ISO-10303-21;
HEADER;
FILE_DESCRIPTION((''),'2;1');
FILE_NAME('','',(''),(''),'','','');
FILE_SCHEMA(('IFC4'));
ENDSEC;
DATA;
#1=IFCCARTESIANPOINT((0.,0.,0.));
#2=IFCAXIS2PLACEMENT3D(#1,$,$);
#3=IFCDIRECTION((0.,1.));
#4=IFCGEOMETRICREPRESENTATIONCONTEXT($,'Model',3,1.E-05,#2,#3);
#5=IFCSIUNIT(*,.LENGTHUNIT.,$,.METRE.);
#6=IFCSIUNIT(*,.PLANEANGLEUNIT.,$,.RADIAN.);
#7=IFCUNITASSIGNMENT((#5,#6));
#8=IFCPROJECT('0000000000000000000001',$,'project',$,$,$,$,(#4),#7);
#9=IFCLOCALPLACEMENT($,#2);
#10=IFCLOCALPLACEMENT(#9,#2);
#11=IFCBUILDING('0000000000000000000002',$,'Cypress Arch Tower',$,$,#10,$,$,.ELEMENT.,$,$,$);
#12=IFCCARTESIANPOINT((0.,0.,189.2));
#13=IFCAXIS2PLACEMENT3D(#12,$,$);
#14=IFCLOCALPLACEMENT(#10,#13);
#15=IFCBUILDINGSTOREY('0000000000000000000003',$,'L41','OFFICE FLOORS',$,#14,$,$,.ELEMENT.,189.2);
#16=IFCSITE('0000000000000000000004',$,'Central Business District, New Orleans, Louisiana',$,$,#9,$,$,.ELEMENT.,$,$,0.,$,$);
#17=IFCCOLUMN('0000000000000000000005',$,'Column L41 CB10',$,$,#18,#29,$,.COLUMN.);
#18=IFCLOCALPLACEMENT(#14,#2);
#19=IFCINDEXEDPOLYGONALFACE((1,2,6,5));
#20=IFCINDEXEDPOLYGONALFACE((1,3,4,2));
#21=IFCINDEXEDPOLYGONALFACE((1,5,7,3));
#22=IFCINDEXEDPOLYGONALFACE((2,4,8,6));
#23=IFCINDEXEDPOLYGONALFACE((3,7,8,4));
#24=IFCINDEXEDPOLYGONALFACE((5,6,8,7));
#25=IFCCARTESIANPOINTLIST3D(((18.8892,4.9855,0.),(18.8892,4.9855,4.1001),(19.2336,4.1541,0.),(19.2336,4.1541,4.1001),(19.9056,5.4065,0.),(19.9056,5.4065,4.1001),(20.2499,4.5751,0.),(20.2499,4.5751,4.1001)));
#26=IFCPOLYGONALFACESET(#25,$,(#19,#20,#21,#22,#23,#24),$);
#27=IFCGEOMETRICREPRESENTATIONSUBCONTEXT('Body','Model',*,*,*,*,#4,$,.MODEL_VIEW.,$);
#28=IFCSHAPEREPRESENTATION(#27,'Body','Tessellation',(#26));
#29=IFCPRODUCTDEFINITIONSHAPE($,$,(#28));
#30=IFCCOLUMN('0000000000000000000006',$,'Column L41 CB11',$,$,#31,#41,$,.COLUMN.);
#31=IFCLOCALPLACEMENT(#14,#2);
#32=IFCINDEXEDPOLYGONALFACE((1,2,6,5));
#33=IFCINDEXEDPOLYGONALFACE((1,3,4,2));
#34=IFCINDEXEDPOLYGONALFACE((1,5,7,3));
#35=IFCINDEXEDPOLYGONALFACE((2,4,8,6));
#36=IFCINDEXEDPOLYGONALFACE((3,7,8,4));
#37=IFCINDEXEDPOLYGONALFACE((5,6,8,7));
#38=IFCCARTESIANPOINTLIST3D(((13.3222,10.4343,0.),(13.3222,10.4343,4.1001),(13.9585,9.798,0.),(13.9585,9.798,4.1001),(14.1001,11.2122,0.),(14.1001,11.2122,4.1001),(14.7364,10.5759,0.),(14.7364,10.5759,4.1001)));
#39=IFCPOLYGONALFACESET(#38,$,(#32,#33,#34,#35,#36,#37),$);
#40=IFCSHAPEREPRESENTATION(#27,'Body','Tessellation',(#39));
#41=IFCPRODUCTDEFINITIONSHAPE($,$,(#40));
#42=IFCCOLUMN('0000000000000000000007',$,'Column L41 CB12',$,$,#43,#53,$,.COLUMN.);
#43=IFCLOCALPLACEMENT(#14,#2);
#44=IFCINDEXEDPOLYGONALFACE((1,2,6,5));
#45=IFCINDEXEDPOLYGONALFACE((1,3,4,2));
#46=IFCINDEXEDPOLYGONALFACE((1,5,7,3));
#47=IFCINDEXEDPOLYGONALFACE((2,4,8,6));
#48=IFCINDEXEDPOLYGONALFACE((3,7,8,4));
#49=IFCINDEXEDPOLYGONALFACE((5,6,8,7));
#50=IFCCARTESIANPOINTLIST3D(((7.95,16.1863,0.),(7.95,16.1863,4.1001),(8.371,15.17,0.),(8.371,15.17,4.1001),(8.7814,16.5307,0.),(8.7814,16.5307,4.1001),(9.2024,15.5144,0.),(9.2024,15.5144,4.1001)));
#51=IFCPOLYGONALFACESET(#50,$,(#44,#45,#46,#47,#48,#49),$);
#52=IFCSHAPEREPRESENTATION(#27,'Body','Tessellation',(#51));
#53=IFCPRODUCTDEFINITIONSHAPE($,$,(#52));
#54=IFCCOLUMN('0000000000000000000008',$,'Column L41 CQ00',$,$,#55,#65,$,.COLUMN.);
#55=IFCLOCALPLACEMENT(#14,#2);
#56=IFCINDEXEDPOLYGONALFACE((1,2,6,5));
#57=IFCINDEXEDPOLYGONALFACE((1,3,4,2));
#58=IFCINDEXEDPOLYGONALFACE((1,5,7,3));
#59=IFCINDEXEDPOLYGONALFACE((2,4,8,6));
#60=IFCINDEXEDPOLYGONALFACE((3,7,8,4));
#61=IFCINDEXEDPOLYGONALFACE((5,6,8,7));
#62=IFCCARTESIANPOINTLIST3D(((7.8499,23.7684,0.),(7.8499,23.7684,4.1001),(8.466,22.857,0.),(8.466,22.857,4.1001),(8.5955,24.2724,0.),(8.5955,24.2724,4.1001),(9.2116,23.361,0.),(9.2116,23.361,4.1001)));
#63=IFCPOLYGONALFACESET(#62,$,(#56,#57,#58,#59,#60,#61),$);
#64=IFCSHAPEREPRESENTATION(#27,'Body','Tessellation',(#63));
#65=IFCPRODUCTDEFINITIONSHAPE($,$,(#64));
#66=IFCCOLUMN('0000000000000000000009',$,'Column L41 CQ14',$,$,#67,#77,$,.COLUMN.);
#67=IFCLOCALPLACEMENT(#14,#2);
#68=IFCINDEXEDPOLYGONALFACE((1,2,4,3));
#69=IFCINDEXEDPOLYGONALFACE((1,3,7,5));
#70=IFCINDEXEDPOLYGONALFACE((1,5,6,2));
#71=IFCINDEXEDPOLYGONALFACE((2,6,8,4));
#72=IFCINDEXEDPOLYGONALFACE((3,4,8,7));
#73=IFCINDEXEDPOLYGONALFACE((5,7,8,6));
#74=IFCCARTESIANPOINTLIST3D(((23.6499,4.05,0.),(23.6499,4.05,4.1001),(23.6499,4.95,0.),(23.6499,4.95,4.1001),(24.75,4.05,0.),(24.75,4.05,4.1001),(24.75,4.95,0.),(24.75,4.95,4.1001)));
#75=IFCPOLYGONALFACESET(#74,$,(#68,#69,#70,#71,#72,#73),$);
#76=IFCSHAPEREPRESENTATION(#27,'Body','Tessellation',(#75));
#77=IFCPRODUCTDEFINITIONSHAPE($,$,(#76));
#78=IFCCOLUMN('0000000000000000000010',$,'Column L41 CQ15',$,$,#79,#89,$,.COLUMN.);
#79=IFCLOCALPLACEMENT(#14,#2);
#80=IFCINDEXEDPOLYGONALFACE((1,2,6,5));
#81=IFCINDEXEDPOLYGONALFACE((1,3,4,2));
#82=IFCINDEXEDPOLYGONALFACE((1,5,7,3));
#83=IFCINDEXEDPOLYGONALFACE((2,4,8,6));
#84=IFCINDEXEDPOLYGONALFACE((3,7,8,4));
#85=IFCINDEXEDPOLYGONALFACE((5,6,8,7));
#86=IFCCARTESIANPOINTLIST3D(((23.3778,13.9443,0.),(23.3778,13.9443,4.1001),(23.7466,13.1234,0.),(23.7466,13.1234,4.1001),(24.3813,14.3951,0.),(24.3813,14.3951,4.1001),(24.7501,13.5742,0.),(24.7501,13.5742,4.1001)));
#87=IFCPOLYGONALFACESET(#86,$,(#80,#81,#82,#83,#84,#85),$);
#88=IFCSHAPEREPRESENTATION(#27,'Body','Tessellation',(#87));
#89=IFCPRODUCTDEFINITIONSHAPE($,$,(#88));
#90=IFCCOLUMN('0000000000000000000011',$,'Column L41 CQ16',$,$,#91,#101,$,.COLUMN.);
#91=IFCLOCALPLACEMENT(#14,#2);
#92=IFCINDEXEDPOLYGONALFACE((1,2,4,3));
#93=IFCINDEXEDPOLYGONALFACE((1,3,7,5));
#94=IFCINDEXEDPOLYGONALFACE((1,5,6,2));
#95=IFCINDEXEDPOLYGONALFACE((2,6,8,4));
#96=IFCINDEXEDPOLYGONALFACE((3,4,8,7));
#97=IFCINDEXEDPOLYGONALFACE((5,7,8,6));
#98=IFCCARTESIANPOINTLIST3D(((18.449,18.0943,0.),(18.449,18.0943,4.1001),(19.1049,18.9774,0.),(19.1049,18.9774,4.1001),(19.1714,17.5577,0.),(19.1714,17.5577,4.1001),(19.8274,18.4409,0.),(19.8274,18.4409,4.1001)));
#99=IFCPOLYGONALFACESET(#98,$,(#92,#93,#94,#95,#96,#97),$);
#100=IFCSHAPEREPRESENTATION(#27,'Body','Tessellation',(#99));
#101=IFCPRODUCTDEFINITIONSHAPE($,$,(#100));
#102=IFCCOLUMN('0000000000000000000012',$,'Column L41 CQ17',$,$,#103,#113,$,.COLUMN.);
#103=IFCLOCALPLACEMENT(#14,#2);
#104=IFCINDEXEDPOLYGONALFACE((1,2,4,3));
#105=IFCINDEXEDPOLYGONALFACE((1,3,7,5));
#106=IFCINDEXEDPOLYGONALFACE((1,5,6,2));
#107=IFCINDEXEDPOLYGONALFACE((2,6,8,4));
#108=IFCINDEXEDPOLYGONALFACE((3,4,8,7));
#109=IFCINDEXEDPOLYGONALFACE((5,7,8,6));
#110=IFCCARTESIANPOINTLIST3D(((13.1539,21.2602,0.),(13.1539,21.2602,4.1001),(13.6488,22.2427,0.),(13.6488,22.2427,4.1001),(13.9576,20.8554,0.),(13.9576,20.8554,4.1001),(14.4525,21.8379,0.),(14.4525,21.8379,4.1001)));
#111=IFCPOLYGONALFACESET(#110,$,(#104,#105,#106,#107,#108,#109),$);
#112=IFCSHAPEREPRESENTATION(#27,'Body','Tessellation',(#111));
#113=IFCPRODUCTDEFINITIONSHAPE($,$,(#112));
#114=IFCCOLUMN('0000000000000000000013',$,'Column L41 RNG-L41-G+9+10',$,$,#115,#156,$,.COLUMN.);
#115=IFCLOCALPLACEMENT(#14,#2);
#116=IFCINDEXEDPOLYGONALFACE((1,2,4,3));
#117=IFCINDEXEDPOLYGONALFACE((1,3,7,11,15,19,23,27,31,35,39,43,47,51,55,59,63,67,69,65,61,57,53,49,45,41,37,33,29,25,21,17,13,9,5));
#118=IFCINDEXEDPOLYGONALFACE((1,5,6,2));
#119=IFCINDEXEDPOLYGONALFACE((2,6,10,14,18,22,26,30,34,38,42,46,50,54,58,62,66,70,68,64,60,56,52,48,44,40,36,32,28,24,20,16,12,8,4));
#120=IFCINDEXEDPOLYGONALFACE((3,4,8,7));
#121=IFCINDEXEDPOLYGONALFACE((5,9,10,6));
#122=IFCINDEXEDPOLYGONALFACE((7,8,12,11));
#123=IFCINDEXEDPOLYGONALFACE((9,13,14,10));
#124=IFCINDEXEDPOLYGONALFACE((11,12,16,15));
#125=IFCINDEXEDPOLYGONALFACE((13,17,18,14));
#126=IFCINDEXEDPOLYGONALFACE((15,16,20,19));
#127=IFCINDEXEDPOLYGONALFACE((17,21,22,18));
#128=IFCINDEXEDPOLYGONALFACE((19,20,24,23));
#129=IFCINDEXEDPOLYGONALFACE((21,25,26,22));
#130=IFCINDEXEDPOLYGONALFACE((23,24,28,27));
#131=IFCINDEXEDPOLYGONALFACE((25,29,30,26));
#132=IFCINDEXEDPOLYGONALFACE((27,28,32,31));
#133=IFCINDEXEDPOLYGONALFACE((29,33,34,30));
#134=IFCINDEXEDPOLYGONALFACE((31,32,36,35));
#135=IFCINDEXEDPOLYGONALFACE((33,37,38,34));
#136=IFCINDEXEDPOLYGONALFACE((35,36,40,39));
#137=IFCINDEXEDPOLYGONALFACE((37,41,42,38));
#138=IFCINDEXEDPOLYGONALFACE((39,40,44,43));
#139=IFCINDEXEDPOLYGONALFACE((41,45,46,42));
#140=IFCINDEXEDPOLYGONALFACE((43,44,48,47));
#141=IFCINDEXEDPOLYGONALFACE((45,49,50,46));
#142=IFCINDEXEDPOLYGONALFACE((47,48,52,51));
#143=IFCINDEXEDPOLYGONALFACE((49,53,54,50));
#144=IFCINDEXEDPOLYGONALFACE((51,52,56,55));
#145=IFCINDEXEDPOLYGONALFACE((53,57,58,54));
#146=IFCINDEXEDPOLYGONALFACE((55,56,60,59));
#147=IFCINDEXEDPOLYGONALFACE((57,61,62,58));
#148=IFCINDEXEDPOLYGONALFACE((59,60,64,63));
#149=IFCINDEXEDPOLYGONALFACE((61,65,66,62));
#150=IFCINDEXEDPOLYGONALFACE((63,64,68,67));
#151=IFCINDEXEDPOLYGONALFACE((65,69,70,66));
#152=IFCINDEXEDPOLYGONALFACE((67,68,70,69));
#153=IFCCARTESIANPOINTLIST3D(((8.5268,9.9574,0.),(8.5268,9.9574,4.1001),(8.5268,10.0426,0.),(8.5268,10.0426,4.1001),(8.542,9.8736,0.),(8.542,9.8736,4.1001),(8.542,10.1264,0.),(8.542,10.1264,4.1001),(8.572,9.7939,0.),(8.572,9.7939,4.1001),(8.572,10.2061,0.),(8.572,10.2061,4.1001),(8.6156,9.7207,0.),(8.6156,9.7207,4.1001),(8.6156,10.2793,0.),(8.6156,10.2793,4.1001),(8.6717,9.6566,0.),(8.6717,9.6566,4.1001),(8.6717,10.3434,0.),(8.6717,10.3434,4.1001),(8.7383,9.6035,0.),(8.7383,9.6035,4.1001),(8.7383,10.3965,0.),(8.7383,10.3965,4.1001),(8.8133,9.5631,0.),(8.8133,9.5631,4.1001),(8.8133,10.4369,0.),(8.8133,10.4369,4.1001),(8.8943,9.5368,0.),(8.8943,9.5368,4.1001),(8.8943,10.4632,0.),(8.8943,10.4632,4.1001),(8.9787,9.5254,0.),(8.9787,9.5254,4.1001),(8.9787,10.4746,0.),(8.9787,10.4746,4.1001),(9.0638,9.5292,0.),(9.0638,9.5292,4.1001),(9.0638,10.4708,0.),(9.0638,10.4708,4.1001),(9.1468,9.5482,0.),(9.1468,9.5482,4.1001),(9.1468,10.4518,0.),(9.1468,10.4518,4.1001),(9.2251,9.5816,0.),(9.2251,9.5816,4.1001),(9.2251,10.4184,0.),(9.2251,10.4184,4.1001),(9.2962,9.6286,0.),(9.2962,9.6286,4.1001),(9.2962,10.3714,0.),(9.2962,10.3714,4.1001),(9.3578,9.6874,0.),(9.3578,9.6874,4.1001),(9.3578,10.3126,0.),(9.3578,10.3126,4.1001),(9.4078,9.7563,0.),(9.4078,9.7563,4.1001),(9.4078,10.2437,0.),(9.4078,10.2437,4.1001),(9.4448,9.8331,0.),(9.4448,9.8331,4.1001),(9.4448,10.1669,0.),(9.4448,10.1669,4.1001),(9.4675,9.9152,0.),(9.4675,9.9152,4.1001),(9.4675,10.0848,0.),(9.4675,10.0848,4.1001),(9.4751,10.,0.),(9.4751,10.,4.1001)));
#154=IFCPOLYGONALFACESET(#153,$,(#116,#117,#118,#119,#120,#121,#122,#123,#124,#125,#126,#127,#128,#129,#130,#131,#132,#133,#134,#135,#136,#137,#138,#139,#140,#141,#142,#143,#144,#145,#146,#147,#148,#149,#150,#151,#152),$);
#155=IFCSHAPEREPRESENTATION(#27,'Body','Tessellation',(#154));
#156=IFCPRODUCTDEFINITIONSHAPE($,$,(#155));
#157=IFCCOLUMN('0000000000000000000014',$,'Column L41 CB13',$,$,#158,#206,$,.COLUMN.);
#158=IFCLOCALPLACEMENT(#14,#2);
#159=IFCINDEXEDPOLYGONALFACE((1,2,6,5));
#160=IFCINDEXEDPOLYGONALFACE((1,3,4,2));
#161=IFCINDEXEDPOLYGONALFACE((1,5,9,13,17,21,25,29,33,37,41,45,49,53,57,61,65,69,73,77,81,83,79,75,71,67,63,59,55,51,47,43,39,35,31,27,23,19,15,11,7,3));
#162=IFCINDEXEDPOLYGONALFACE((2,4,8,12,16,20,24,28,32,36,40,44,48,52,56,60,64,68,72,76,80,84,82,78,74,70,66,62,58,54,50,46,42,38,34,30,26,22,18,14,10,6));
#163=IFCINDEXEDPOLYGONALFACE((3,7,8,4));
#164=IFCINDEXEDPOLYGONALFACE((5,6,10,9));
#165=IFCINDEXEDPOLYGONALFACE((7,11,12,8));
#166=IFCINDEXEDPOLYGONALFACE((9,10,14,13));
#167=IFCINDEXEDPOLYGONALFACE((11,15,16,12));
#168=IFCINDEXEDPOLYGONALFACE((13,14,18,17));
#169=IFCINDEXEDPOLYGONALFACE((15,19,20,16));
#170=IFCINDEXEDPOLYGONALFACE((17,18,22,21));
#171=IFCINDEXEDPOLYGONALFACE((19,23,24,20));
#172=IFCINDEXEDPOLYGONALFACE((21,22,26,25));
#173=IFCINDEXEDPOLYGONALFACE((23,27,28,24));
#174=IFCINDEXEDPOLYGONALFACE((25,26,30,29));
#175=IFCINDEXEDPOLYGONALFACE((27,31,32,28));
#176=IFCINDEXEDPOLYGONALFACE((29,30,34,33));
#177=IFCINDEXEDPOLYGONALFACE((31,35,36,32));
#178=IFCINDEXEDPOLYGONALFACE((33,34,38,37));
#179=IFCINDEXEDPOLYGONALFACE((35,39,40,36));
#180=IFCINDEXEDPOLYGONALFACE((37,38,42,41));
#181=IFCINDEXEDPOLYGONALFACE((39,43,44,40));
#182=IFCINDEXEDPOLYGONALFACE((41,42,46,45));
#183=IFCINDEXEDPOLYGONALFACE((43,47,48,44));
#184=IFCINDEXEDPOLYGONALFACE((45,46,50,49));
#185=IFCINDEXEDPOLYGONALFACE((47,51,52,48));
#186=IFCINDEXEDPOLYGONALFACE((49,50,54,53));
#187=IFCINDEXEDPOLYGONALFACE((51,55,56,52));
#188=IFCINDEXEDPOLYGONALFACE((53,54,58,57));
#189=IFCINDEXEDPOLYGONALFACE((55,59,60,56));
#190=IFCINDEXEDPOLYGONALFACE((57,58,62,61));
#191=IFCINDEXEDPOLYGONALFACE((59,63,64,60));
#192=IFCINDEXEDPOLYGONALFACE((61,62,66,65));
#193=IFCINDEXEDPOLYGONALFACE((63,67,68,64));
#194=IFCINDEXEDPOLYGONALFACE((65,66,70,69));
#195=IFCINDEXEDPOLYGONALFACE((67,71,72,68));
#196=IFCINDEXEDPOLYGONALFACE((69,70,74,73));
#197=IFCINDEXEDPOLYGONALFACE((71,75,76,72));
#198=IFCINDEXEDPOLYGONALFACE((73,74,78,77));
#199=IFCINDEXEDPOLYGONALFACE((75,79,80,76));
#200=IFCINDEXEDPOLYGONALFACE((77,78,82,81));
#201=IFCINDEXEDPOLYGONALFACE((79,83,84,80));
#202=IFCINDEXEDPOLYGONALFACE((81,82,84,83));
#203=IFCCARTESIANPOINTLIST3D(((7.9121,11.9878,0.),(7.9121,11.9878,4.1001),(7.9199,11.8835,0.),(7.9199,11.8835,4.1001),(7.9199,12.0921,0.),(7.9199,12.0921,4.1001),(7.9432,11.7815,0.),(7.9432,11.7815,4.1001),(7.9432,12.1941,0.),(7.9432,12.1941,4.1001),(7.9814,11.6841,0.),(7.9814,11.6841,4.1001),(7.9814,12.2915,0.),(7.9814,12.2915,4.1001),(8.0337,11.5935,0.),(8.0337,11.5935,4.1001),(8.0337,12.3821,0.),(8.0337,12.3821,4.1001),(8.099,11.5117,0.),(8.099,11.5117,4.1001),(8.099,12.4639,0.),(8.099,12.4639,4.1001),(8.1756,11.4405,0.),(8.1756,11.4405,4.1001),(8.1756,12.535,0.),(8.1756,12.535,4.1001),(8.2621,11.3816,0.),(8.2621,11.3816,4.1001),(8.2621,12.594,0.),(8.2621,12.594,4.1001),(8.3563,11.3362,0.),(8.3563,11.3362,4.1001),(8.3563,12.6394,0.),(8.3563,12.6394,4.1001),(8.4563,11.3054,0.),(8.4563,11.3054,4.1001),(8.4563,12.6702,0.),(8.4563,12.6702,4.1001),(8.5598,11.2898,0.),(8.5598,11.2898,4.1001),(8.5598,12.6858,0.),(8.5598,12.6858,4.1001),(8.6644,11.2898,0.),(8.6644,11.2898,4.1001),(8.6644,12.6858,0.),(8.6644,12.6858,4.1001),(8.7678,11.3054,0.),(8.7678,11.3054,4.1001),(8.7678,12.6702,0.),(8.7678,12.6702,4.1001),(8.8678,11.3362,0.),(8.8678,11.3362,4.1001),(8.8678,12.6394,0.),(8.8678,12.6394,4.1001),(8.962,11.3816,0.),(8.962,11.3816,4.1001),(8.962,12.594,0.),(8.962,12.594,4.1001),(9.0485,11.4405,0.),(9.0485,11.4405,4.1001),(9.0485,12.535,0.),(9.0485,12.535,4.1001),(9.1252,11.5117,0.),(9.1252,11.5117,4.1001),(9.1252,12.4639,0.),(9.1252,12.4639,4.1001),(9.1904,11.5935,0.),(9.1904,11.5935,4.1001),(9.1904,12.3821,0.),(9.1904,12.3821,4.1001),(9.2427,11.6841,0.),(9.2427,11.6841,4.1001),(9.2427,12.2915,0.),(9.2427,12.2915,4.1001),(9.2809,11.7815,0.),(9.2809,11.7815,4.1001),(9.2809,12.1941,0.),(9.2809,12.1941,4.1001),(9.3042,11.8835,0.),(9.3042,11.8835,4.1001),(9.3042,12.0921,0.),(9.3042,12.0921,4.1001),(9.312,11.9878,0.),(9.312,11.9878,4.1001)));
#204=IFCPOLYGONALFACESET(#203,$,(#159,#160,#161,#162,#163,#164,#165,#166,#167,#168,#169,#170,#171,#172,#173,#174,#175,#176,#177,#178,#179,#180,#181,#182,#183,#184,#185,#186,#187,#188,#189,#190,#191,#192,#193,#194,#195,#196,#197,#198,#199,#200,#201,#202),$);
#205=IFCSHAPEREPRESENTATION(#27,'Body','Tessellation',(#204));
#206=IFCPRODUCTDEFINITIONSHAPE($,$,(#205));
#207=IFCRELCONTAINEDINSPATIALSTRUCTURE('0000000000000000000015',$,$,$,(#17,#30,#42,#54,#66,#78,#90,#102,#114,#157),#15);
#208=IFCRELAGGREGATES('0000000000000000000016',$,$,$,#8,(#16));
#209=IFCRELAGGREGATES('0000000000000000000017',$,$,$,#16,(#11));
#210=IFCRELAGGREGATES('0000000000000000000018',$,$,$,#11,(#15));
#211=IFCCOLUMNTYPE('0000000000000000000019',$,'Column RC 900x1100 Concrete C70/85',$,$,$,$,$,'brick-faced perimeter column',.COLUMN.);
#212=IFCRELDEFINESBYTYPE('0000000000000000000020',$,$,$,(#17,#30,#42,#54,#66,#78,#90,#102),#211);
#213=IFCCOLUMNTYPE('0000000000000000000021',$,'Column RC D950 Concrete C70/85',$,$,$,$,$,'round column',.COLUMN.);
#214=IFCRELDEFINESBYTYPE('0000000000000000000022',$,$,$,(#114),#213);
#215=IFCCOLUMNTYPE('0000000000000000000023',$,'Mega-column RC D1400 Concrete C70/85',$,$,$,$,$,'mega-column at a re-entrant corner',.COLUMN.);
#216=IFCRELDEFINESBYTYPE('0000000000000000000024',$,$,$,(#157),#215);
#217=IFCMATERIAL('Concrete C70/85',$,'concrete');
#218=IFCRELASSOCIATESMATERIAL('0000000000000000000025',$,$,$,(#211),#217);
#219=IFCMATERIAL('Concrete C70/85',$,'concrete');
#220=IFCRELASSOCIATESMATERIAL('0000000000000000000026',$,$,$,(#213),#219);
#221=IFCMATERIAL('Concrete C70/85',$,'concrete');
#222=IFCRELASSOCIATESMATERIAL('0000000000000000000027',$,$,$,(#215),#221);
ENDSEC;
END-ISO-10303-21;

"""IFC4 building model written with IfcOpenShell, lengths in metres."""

from ifc_helpers import new_model, si_unit, direction, frame, origin, origin_2d, place, context, subcontext, project, spatial, rectangle, circle, extrude, material, material_profile, profile_set, type_object, element, save


model = new_model("IFC4")

# Units and contexts
model_context = context("Model", 3, precision=1e-05, world=origin(), true_north=direction((0.0, 1.0)))
body_context = subcontext(model_context, "Body", "Model", "MODEL_VIEW")
ifc_project = project(units=[si_unit("LENGTHUNIT", "METRE"), si_unit("PLANEANGLEUNIT", "RADIAN")], contexts=[model_context])

# Site, building, storey
site_placement = place(None, origin())
site = spatial("IfcSite", under=ifc_project, at=site_placement, Name="Central Business District, New Orleans, Louisiana", CompositionType="ELEMENT", RefElevation=0.0)
building_placement = place(site_placement, origin())
building = spatial("IfcBuilding", under=site, at=building_placement, Name="Cypress Arch Tower", CompositionType="ELEMENT")
storey_placement = place(building_placement, frame((0.0, 0.0, 189.2)))
storey = spatial("IfcBuildingStorey", under=building, at=storey_placement, Name="L41", Description="OFFICE FLOORS", CompositionType="ELEMENT", Elevation=189.2)

# Columns
ifc_material_1 = material(Name="Concrete C70/85", Category="concrete")
ifc_material_profile_1 = material_profile(ifc_material_1, rectangle(XDim=0.8999, YDim=1.1001, at=origin_2d()), Name="RC 900x1100")
ifc_profile_set_1 = profile_set([ifc_material_profile_1], Name="Concrete C70/85")
column_type_1 = type_object("IfcColumnType", Name="Column RC 900x1100 Concrete C70/85", ElementType="brick-faced perimeter column", PredefinedType="COLUMN", material=ifc_profile_set_1)
for number, where, z_axis, x_axis, name in (
    (1, (19.5696, 4.7803, 0.0), (0.0, 0.0, 1.0), (-0.382683, 0.92388, 0.0), "Column L41 CB10"),
    (2, (14.0293, 10.5051, 0.0), (0.0, 0.0, 1.0), (-0.707107, 0.707107, 0.0), "Column L41 CB11"),
    (3, (8.5762, 15.8503, 0.0), (0.0, 0.0, 1.0), (-0.92388, -0.382683, 0.0), "Column L41 CB12"),
    (4, (8.5308, 23.5647, 0.0), (0.0, 0.0, 1.0), (-0.82847, -0.560034, 0.0), "Column L41 CQ00"),
    (5, (24.2, 4.5, 0.0), (0.0, 0.0, 1.0), (0.0, 1.0, 0.0), "Column L41 CQ14"),
    (6, (24.064, 13.7593, 0.0), (0.0, 0.0, 1.0), (-0.409765, 0.912191, 0.0), "Column L41 CQ15"),
    (7, (19.1382, 18.2676, 0.0), (0.0, 0.0, 1.0), (-0.802799, 0.59625, 0.0), "Column L41 CQ16"),
    (8, (13.8032, 21.5491, 0.0), (0.0, 0.0, 1.0), (-0.893106, 0.449845, 0.0), "Column L41 CQ17"),
):
    element("IfcColumn", number, at=place(storey_placement, frame(where, z_axis=z_axis, x_axis=x_axis)), inside=storey, type_object=column_type_1, Name=name, PredefinedType="COLUMN", context=body_context, shape_type="SweptSolid", body=[
        extrude(rectangle(XDim=0.8999, YDim=1.1001, at=origin_2d()), origin(), (0.0, 0.0, 1.0), 4.1001),
    ])
ifc_material_2 = material(Name="Concrete C70/85", Category="concrete")
ifc_material_profile_2 = material_profile(ifc_material_2, circle(Radius=0.4751, at=origin_2d()), Name="RC D950")
ifc_profile_set_2 = profile_set([ifc_material_profile_2], Name="Concrete C70/85")
column_type_2 = type_object("IfcColumnType", Name="Column RC D950 Concrete C70/85", ElementType="round column", PredefinedType="COLUMN", material=ifc_profile_set_2)
column_1_placement = place(storey_placement, frame((9.0, 10.0, 0.0), z_axis=(0.0, 0.0, 1.0), x_axis=(1.0, 0.0, 0.0)))
element("IfcColumn", 9, at=column_1_placement, inside=storey, type_object=column_type_2, Name="Column L41 RNG-L41-G+9+10", PredefinedType="COLUMN", context=body_context, shape_type="SweptSolid", body=[
    extrude(circle(Radius=0.4751, at=origin_2d()), origin(), (0.0, 0.0, 1.0), 4.1001),
])
ifc_material_3 = material(Name="Concrete C70/85", Category="concrete")
ifc_material_profile_3 = material_profile(ifc_material_3, circle(Radius=0.7, at=origin_2d()), Name="RC D1400")
ifc_profile_set_3 = profile_set([ifc_material_profile_3], Name="Concrete C70/85")
column_type_3 = type_object("IfcColumnType", Name="Mega-column RC D1400 Concrete C70/85", ElementType="mega-column at a re-entrant corner", PredefinedType="COLUMN", material=ifc_profile_set_3)
column_2_placement = place(storey_placement, frame((8.6121, 11.9878, 0.0), z_axis=(0.0, 0.0, 1.0), x_axis=(1.0, 0.0, 0.0)))
element("IfcColumn", 10, at=column_2_placement, inside=storey, type_object=column_type_3, Name="Column L41 CB13", PredefinedType="COLUMN", context=body_context, shape_type="SweptSolid", body=[
    extrude(circle(Radius=0.7, at=origin_2d()), origin(), (0.0, 0.0, 1.0), 4.1001),
])

save(model, "model.ifc")
